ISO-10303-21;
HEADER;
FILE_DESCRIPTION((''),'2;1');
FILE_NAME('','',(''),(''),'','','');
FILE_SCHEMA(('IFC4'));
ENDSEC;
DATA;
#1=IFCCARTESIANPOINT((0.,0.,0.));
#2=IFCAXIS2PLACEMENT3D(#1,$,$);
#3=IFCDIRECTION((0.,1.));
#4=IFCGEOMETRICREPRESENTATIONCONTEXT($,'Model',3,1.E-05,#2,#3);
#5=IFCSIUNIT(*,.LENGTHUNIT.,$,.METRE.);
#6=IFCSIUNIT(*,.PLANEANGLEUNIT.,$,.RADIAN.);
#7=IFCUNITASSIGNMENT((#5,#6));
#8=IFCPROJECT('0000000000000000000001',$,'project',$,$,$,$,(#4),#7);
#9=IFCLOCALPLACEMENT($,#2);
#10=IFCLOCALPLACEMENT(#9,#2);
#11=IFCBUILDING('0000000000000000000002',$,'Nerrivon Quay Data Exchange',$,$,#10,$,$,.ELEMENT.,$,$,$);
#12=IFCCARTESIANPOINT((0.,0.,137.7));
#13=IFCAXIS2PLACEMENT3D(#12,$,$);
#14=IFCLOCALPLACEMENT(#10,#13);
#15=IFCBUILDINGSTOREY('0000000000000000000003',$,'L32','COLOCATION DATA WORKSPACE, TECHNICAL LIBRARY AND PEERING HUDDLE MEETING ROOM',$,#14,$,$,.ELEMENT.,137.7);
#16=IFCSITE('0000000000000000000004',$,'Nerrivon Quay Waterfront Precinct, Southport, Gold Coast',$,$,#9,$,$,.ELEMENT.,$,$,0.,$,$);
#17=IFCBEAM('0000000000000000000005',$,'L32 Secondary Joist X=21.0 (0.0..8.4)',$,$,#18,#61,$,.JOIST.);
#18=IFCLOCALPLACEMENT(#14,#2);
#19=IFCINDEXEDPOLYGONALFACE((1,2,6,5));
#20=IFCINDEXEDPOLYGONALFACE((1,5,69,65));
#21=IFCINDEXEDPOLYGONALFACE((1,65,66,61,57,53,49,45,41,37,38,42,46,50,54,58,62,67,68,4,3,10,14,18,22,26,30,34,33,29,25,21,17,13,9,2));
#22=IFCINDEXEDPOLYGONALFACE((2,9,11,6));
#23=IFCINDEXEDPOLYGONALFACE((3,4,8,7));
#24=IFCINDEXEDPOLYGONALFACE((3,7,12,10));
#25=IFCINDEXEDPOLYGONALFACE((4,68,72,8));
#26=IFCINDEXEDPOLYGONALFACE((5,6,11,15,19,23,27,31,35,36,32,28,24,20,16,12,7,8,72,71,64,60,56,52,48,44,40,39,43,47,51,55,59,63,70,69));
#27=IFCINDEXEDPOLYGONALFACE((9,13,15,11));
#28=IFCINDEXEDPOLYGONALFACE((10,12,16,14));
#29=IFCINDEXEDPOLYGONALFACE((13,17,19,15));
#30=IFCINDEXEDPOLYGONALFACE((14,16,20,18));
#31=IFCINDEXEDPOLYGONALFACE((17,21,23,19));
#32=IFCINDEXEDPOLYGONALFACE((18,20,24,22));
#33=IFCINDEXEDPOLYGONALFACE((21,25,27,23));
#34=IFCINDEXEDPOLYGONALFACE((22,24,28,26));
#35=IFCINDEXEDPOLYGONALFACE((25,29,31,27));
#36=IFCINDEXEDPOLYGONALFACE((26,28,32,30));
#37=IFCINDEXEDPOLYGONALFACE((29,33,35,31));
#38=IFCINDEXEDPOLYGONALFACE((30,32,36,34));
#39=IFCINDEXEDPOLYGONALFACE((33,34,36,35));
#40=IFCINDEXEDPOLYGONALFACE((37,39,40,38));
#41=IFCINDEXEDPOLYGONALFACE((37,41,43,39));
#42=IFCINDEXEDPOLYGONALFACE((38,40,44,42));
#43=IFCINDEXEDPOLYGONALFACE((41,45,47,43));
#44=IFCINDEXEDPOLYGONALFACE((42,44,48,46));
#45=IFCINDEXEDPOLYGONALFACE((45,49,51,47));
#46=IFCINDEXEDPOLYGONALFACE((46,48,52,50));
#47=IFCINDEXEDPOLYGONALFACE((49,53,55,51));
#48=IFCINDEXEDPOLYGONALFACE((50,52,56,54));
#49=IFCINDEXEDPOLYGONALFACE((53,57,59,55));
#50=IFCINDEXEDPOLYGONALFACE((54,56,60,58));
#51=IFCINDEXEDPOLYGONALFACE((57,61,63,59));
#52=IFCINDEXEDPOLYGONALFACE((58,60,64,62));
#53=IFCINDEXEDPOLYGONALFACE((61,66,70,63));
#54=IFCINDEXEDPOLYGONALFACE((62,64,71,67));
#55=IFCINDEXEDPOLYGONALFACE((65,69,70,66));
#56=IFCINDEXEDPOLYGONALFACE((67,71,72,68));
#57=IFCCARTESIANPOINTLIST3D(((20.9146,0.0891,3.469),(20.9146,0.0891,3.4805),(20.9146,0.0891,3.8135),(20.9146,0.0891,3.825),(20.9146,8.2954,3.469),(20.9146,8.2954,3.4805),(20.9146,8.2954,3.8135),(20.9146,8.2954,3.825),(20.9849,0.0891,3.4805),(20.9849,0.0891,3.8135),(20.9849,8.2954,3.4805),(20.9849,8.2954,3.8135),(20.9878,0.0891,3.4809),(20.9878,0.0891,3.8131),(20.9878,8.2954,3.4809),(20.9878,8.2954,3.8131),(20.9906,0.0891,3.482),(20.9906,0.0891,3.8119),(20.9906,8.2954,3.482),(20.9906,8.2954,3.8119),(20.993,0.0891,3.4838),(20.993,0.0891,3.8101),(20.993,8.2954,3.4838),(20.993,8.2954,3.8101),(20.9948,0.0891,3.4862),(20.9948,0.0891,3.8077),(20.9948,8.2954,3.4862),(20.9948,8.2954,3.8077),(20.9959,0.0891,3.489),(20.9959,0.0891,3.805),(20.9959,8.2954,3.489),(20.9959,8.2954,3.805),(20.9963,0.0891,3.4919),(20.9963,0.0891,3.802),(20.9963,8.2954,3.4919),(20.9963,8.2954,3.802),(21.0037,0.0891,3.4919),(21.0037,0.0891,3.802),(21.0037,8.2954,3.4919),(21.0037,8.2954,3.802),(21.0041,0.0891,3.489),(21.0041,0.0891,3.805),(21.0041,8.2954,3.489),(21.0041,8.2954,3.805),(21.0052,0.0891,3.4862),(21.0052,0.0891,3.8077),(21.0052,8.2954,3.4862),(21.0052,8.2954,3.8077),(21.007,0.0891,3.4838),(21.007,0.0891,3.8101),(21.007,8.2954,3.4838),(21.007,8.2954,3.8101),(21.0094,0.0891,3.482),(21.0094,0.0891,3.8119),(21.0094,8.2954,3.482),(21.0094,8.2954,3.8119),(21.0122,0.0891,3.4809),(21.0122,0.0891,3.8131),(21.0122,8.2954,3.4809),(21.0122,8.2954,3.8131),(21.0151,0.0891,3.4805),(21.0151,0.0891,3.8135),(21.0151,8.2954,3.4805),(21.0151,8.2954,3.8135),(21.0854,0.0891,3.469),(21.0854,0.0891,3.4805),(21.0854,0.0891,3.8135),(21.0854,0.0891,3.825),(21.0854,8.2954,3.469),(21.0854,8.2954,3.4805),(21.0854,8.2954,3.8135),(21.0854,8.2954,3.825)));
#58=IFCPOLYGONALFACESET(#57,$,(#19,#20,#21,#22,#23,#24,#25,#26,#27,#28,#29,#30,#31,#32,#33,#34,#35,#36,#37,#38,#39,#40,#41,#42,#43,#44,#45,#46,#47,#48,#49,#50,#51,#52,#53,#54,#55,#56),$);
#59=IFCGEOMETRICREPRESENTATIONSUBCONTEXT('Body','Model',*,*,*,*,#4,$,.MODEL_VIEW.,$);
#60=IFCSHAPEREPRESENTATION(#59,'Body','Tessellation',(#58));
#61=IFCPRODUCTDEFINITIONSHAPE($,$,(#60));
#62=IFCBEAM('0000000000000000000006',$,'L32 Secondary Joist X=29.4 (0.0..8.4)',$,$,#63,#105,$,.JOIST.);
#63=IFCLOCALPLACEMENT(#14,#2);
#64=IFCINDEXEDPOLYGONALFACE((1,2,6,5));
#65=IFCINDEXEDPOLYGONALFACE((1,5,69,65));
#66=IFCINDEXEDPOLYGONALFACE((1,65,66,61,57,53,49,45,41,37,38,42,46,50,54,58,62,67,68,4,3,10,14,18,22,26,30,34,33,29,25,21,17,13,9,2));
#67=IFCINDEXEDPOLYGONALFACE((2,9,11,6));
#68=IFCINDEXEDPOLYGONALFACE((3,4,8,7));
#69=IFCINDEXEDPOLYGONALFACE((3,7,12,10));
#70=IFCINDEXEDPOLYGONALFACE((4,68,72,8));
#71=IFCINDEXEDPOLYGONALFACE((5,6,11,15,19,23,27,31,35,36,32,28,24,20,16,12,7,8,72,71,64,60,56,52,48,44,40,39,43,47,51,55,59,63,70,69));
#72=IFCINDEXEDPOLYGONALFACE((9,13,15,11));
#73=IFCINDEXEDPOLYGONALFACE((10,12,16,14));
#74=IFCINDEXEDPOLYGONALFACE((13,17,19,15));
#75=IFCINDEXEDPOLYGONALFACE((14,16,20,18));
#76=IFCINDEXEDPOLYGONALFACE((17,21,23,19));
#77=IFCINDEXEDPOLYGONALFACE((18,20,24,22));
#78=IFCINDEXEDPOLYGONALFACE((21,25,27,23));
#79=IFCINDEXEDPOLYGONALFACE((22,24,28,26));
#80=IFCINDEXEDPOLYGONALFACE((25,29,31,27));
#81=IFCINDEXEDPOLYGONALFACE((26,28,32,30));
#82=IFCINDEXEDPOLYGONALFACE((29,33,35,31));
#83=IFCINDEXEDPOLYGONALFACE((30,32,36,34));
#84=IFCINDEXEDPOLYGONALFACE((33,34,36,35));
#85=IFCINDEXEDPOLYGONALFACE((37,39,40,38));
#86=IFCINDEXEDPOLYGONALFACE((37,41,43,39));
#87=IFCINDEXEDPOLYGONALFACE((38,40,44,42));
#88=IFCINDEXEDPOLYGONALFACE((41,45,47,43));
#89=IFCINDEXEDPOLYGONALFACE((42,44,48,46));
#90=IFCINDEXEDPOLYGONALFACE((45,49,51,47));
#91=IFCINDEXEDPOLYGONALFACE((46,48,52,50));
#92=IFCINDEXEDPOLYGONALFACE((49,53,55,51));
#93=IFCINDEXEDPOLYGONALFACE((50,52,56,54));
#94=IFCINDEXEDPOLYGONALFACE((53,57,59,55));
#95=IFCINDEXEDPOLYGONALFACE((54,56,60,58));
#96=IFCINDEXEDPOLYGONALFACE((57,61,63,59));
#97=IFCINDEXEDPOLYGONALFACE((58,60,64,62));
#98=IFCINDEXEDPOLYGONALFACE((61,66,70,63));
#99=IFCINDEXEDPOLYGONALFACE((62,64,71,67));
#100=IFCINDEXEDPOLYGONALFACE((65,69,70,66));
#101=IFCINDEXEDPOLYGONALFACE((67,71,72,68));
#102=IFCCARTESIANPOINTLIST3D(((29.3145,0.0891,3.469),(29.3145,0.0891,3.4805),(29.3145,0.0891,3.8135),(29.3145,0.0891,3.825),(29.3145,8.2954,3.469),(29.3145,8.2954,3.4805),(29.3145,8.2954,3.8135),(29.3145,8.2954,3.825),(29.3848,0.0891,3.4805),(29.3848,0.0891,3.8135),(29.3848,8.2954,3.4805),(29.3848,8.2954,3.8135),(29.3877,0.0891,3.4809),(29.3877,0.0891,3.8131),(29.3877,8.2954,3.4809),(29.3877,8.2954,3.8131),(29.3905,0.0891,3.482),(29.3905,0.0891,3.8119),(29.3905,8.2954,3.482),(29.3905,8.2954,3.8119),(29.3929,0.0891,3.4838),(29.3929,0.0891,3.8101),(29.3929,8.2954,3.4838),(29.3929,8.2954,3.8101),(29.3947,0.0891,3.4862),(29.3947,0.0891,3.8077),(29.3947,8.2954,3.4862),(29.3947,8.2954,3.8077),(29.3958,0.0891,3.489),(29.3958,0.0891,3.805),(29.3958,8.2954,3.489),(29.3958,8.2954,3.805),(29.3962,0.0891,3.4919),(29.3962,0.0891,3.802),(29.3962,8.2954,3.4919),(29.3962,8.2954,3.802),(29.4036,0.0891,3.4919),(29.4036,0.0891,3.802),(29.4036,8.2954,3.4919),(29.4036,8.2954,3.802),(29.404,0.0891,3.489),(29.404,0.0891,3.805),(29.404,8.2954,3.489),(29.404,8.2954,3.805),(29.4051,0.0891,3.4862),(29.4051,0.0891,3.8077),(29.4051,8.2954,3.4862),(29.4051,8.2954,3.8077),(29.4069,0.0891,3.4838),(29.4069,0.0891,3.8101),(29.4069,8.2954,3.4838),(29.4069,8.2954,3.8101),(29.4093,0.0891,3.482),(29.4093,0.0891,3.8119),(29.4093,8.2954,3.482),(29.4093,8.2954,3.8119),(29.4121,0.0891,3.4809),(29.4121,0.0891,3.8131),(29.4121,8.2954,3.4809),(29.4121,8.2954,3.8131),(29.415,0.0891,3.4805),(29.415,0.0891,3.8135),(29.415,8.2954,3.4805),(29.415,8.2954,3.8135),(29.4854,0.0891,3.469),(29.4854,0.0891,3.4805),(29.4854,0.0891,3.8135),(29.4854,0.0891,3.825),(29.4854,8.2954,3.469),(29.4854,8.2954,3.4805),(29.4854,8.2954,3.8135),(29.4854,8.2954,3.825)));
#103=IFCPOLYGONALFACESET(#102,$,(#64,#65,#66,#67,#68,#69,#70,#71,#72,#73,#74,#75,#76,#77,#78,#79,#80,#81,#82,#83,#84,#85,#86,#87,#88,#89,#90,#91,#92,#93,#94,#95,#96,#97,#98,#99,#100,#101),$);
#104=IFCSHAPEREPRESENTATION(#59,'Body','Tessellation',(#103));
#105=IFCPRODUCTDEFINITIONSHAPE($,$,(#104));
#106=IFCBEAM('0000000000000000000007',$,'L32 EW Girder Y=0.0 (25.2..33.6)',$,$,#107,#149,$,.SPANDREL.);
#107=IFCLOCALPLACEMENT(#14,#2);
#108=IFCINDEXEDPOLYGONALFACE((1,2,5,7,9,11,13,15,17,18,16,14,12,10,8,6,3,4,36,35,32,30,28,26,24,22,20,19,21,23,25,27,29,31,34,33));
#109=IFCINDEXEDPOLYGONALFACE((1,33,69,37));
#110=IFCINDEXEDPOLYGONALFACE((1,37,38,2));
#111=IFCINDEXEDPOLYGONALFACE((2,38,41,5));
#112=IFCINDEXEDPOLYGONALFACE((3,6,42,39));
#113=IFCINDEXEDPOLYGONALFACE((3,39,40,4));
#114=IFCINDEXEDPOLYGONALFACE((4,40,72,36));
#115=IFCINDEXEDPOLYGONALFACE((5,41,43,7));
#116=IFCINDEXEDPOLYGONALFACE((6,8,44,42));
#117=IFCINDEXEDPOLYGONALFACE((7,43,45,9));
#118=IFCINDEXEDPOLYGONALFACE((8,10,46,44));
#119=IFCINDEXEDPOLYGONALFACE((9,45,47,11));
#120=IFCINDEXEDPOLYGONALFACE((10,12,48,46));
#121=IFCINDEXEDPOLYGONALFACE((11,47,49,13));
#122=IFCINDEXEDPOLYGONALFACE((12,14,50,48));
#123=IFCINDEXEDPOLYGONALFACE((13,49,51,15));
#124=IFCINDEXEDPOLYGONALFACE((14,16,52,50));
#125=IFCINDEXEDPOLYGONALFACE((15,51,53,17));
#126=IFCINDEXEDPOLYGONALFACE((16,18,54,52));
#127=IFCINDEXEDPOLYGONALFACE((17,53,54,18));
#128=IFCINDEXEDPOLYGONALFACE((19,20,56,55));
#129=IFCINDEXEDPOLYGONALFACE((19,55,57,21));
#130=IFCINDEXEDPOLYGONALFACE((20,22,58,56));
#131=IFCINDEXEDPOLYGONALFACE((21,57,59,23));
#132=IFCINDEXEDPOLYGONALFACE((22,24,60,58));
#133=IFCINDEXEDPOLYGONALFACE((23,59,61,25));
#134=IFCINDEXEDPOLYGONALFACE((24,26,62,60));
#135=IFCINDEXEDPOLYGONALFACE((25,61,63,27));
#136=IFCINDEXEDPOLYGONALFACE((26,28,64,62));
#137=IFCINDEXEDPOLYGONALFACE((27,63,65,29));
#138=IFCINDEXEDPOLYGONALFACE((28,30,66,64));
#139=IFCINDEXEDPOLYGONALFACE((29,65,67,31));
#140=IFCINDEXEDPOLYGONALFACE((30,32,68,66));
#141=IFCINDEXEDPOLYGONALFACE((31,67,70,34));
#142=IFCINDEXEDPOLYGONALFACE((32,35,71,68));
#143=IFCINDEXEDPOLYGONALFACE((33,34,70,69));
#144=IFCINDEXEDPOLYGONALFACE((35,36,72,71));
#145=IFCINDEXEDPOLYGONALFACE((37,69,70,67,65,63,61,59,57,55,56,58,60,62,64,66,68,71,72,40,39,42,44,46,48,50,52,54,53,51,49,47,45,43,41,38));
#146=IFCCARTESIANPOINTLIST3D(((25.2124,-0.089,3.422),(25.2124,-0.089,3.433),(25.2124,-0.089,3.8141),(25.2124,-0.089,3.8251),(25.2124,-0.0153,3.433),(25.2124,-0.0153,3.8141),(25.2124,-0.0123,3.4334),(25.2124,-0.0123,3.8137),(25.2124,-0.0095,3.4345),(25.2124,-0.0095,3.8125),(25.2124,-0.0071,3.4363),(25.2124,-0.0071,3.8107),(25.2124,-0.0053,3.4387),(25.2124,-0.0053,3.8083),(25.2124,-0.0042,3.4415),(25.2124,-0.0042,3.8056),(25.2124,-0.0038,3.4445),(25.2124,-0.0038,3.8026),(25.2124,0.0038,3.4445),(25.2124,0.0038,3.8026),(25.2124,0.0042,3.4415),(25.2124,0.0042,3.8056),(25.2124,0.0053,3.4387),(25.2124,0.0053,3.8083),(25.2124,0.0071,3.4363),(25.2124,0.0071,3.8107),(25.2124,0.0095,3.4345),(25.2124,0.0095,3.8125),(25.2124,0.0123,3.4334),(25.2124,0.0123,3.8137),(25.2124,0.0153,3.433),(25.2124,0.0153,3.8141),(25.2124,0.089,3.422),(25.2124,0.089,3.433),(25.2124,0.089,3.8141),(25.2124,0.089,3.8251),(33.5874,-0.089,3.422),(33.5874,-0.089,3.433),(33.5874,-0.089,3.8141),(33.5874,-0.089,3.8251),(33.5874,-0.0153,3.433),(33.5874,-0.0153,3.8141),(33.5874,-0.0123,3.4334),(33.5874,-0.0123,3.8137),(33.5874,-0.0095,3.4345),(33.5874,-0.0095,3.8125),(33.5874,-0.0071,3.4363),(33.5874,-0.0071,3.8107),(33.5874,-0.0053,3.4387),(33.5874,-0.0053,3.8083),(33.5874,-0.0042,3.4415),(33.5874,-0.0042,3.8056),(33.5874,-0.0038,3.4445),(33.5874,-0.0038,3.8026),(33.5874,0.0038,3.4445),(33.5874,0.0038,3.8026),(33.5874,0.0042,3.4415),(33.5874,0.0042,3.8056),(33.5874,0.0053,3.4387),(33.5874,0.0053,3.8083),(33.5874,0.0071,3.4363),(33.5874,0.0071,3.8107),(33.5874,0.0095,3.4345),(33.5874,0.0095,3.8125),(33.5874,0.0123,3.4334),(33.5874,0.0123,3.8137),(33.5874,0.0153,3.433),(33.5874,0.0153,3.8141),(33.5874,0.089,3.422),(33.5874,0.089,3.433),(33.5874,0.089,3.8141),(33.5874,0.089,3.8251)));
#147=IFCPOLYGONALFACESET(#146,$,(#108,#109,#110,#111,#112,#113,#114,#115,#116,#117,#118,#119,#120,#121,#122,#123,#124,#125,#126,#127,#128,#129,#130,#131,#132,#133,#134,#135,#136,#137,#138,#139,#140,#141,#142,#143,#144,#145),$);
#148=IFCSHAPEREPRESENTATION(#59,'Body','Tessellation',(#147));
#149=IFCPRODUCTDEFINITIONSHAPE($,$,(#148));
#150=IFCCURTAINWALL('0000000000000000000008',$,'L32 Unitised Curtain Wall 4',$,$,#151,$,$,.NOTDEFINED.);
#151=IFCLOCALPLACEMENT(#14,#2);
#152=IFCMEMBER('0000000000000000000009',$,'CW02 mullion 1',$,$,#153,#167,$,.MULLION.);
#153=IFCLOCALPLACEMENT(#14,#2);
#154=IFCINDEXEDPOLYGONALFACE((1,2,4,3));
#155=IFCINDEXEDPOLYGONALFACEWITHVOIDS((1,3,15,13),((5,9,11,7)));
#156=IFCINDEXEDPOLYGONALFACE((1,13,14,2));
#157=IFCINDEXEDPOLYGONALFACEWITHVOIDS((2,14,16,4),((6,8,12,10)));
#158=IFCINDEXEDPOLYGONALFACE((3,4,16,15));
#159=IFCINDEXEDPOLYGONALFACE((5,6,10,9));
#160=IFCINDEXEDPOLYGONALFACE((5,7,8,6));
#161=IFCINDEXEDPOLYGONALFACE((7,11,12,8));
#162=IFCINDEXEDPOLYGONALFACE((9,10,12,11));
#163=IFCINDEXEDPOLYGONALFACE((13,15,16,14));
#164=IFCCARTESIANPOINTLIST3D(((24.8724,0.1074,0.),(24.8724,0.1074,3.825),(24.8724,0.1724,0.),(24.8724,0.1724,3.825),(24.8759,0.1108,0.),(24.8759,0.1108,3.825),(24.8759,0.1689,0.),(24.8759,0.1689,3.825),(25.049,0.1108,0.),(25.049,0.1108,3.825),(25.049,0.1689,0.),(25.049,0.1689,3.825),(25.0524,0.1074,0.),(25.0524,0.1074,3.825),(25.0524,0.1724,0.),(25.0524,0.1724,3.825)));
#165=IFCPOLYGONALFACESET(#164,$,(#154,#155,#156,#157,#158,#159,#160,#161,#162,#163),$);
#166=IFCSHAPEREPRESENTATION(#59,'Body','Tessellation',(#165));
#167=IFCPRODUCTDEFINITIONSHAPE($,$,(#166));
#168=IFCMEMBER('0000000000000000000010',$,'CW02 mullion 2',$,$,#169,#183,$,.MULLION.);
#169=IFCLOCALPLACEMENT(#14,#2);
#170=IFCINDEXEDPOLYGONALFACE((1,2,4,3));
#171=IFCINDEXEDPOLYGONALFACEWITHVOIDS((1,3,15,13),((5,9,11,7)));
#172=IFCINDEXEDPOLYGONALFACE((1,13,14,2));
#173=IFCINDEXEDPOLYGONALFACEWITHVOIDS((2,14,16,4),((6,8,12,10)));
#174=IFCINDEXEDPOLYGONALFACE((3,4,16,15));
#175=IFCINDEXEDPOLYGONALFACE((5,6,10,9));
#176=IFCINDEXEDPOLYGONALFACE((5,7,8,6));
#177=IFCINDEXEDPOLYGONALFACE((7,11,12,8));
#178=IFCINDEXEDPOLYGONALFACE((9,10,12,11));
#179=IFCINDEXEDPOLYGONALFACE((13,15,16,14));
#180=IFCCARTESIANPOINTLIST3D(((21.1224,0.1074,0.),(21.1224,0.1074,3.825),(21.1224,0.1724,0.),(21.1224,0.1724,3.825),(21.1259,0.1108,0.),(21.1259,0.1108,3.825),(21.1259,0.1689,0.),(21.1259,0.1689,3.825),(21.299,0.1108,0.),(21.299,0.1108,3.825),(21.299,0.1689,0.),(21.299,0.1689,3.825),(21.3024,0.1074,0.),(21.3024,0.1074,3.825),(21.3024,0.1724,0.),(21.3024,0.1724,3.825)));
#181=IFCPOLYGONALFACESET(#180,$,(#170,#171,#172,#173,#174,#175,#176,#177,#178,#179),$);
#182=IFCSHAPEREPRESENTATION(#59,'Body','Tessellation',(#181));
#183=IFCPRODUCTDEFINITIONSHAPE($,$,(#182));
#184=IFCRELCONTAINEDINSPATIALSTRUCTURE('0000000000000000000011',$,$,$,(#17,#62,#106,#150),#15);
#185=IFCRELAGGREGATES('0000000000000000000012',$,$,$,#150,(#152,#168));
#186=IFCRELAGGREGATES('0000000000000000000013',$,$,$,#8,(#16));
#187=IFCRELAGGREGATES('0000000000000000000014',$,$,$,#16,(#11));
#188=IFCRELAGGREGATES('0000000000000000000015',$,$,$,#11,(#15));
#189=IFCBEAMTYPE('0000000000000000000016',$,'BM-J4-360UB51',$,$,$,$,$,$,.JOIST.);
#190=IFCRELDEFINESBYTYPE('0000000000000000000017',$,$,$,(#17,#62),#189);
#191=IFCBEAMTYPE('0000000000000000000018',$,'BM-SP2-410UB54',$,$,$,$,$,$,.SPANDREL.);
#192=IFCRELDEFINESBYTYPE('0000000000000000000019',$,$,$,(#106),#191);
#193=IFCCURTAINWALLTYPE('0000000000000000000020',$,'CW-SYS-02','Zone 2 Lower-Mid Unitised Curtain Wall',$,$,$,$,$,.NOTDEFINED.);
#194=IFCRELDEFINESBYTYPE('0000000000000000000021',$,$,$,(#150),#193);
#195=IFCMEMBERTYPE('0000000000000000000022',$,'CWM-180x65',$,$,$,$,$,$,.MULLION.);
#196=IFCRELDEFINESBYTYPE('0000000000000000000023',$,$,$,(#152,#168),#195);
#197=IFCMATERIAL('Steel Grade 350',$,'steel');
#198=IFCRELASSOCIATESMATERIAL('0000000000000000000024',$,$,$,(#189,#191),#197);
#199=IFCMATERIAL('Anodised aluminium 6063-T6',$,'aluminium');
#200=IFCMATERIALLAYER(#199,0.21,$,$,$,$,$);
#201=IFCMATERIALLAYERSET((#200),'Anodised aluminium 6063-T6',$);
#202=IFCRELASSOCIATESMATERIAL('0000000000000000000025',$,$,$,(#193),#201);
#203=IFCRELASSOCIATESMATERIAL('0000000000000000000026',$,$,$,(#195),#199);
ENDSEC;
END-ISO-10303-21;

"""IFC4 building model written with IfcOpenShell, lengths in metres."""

from ifc_helpers import new_model, si_unit, direction, frame, origin, origin_2d, place, context, subcontext, project, spatial, hollow_rectangle, i_section, extrude, material, layer, layer_set, material_profile, profile_set, type_object, element, aggregate, save


model = new_model("IFC4")

# Units and contexts
model_context = context("Model", 3, precision=1e-05, world=origin(), true_north=direction((0.0, 1.0)))
body_context = subcontext(model_context, "Body", "Model", "MODEL_VIEW")
ifc_project = project(units=[si_unit("LENGTHUNIT", "METRE"), si_unit("PLANEANGLEUNIT", "RADIAN")], contexts=[model_context])

# Site, building, storey
site_placement = place(None, origin())
site = spatial("IfcSite", under=ifc_project, at=site_placement, Name="Nerrivon Quay Waterfront Precinct, Southport, Gold Coast", CompositionType="ELEMENT", RefElevation=0.0)
building_placement = place(site_placement, origin())
building = spatial("IfcBuilding", under=site, at=building_placement, Name="Nerrivon Quay Data Exchange", CompositionType="ELEMENT")
storey_placement = place(building_placement, frame((0.0, 0.0, 137.7)))
storey = spatial("IfcBuildingStorey", under=building, at=storey_placement, Name="L32", Description="COLOCATION DATA WORKSPACE, TECHNICAL LIBRARY AND PEERING HUDDLE MEETING ROOM", CompositionType="ELEMENT", Elevation=137.7)

# Shared definitions
ifc_material_1 = material(Name="Steel Grade 350", Category="steel")

# Beams
ifc_material_profile_1 = material_profile(ifc_material_1, i_section(OverallWidth=0.1709, OverallDepth=0.356, WebThickness=0.0073, FlangeThickness=0.0115, FilletRadius=0.0115, at=origin_2d()), Name="360UB50.7")
ifc_profile_set_1 = profile_set([ifc_material_profile_1], Name="Steel Grade 350")
beam_type_1 = type_object("IfcBeamType", Name="BM-J4-360UB51", PredefinedType="JOIST", material=ifc_profile_set_1)
for number, where, z_axis, x_axis, name in (
    (1, (21.0, 0.0891, 3.647), (0.0, 1.0, 0.0), (-1.0, 0.0, 0.0), "L32 Secondary Joist X=21.0 (0.0..8.4)"),
    (2, (29.3999, 0.0891, 3.647), (0.0, 1.0, 0.0), (-1.0, 0.0, 0.0), "L32 Secondary Joist X=29.4 (0.0..8.4)"),
):
    element("IfcBeam", number, at=place(storey_placement, frame(where, z_axis=z_axis, x_axis=x_axis)), inside=storey, type_object=beam_type_1, Name=name, PredefinedType="JOIST", context=body_context, shape_type="SweptSolid", body=[
        extrude(i_section(OverallWidth=0.1709, OverallDepth=0.356, WebThickness=0.0073, FlangeThickness=0.0115, FilletRadius=0.0115, at=origin_2d()), origin(), (0.0, 0.0, 1.0), 8.2063),
    ])
ifc_material_profile_2 = material_profile(ifc_material_1, i_section(OverallWidth=0.178, OverallDepth=0.4031, WebThickness=0.0076, FlangeThickness=0.011, FilletRadius=0.0115, at=origin_2d()), Name="410UB53.7")
ifc_profile_set_2 = profile_set([ifc_material_profile_2], Name="Steel Grade 350")
beam_type_2 = type_object("IfcBeamType", Name="BM-SP2-410UB54", PredefinedType="SPANDREL", material=ifc_profile_set_2)
beam_1_placement = place(storey_placement, frame((25.2124, 0.0, 3.6235), z_axis=(1.0, 0.0, 0.0), x_axis=(0.0, 1.0, 0.0)))
element("IfcBeam", 3, at=beam_1_placement, inside=storey, type_object=beam_type_2, Name="L32 EW Girder Y=0.0 (25.2..33.6)", PredefinedType="SPANDREL", context=body_context, shape_type="SweptSolid", body=[
    extrude(i_section(OverallWidth=0.178, OverallDepth=0.4031, WebThickness=0.0076, FlangeThickness=0.011, FilletRadius=0.0115, at=origin_2d()), origin(), (0.0, 0.0, 1.0), 8.375),
])

# Curtain wall, members
ifc_material_2 = material(Name="Anodised aluminium 6063-T6", Category="aluminium")
ifc_layer_1 = layer(ifc_material_2, 0.21)
ifc_layer_set_1 = layer_set([ifc_layer_1], Name="Anodised aluminium 6063-T6")
curtain_wall_type = type_object("IfcCurtainWallType", Name="CW-SYS-02", Description="Zone 2 Lower-Mid Unitised Curtain Wall", PredefinedType="NOTDEFINED", material=ifc_layer_set_1)
curtain_wall_placement = place(storey_placement, origin())
curtain_wall = element("IfcCurtainWall", 4, at=curtain_wall_placement, inside=storey, type_object=curtain_wall_type, Name="L32 Unitised Curtain Wall 4", PredefinedType="NOTDEFINED")
ifc_material_profile_3 = material_profile(ifc_material_2, hollow_rectangle(XDim=0.0649, YDim=0.1799, WallThickness=0.0034, at=origin_2d()), Name="ALU-MULL-180x65")
ifc_profile_set_3 = profile_set([ifc_material_profile_3], Name="Anodised aluminium 6063-T6")
member_type_1 = type_object("IfcMemberType", Name="CWM-180x65", PredefinedType="MULLION", material=ifc_profile_set_3)
member_1_placement = place(storey_placement, frame((24.9624, 0.1399, 0.0), z_axis=(0.0, 0.0, 1.0), x_axis=(0.0, -1.0, 0.0)))
member_1 = element("IfcMember", 5, at=member_1_placement, type_object=member_type_1, Name="CW02 mullion 1", PredefinedType="MULLION", context=body_context, shape_type="SweptSolid", body=[
    extrude(hollow_rectangle(XDim=0.0649, YDim=0.1799, WallThickness=0.0034, at=origin_2d()), origin(), (0.0, 0.0, 1.0), 3.825),
])
member_2_placement = place(storey_placement, frame((21.2124, 0.1399, 0.0), z_axis=(0.0, 0.0, 1.0), x_axis=(0.0, -1.0, 0.0)))
member_2 = element("IfcMember", 6, at=member_2_placement, type_object=member_type_1, Name="CW02 mullion 2", PredefinedType="MULLION", context=body_context, shape_type="SweptSolid", body=[
    extrude(hollow_rectangle(XDim=0.0649, YDim=0.1799, WallThickness=0.0034, at=origin_2d()), origin(), (0.0, 0.0, 1.0), 3.825),
])
aggregate(curtain_wall, [member_1, member_2])

save(model, "model.ifc")
